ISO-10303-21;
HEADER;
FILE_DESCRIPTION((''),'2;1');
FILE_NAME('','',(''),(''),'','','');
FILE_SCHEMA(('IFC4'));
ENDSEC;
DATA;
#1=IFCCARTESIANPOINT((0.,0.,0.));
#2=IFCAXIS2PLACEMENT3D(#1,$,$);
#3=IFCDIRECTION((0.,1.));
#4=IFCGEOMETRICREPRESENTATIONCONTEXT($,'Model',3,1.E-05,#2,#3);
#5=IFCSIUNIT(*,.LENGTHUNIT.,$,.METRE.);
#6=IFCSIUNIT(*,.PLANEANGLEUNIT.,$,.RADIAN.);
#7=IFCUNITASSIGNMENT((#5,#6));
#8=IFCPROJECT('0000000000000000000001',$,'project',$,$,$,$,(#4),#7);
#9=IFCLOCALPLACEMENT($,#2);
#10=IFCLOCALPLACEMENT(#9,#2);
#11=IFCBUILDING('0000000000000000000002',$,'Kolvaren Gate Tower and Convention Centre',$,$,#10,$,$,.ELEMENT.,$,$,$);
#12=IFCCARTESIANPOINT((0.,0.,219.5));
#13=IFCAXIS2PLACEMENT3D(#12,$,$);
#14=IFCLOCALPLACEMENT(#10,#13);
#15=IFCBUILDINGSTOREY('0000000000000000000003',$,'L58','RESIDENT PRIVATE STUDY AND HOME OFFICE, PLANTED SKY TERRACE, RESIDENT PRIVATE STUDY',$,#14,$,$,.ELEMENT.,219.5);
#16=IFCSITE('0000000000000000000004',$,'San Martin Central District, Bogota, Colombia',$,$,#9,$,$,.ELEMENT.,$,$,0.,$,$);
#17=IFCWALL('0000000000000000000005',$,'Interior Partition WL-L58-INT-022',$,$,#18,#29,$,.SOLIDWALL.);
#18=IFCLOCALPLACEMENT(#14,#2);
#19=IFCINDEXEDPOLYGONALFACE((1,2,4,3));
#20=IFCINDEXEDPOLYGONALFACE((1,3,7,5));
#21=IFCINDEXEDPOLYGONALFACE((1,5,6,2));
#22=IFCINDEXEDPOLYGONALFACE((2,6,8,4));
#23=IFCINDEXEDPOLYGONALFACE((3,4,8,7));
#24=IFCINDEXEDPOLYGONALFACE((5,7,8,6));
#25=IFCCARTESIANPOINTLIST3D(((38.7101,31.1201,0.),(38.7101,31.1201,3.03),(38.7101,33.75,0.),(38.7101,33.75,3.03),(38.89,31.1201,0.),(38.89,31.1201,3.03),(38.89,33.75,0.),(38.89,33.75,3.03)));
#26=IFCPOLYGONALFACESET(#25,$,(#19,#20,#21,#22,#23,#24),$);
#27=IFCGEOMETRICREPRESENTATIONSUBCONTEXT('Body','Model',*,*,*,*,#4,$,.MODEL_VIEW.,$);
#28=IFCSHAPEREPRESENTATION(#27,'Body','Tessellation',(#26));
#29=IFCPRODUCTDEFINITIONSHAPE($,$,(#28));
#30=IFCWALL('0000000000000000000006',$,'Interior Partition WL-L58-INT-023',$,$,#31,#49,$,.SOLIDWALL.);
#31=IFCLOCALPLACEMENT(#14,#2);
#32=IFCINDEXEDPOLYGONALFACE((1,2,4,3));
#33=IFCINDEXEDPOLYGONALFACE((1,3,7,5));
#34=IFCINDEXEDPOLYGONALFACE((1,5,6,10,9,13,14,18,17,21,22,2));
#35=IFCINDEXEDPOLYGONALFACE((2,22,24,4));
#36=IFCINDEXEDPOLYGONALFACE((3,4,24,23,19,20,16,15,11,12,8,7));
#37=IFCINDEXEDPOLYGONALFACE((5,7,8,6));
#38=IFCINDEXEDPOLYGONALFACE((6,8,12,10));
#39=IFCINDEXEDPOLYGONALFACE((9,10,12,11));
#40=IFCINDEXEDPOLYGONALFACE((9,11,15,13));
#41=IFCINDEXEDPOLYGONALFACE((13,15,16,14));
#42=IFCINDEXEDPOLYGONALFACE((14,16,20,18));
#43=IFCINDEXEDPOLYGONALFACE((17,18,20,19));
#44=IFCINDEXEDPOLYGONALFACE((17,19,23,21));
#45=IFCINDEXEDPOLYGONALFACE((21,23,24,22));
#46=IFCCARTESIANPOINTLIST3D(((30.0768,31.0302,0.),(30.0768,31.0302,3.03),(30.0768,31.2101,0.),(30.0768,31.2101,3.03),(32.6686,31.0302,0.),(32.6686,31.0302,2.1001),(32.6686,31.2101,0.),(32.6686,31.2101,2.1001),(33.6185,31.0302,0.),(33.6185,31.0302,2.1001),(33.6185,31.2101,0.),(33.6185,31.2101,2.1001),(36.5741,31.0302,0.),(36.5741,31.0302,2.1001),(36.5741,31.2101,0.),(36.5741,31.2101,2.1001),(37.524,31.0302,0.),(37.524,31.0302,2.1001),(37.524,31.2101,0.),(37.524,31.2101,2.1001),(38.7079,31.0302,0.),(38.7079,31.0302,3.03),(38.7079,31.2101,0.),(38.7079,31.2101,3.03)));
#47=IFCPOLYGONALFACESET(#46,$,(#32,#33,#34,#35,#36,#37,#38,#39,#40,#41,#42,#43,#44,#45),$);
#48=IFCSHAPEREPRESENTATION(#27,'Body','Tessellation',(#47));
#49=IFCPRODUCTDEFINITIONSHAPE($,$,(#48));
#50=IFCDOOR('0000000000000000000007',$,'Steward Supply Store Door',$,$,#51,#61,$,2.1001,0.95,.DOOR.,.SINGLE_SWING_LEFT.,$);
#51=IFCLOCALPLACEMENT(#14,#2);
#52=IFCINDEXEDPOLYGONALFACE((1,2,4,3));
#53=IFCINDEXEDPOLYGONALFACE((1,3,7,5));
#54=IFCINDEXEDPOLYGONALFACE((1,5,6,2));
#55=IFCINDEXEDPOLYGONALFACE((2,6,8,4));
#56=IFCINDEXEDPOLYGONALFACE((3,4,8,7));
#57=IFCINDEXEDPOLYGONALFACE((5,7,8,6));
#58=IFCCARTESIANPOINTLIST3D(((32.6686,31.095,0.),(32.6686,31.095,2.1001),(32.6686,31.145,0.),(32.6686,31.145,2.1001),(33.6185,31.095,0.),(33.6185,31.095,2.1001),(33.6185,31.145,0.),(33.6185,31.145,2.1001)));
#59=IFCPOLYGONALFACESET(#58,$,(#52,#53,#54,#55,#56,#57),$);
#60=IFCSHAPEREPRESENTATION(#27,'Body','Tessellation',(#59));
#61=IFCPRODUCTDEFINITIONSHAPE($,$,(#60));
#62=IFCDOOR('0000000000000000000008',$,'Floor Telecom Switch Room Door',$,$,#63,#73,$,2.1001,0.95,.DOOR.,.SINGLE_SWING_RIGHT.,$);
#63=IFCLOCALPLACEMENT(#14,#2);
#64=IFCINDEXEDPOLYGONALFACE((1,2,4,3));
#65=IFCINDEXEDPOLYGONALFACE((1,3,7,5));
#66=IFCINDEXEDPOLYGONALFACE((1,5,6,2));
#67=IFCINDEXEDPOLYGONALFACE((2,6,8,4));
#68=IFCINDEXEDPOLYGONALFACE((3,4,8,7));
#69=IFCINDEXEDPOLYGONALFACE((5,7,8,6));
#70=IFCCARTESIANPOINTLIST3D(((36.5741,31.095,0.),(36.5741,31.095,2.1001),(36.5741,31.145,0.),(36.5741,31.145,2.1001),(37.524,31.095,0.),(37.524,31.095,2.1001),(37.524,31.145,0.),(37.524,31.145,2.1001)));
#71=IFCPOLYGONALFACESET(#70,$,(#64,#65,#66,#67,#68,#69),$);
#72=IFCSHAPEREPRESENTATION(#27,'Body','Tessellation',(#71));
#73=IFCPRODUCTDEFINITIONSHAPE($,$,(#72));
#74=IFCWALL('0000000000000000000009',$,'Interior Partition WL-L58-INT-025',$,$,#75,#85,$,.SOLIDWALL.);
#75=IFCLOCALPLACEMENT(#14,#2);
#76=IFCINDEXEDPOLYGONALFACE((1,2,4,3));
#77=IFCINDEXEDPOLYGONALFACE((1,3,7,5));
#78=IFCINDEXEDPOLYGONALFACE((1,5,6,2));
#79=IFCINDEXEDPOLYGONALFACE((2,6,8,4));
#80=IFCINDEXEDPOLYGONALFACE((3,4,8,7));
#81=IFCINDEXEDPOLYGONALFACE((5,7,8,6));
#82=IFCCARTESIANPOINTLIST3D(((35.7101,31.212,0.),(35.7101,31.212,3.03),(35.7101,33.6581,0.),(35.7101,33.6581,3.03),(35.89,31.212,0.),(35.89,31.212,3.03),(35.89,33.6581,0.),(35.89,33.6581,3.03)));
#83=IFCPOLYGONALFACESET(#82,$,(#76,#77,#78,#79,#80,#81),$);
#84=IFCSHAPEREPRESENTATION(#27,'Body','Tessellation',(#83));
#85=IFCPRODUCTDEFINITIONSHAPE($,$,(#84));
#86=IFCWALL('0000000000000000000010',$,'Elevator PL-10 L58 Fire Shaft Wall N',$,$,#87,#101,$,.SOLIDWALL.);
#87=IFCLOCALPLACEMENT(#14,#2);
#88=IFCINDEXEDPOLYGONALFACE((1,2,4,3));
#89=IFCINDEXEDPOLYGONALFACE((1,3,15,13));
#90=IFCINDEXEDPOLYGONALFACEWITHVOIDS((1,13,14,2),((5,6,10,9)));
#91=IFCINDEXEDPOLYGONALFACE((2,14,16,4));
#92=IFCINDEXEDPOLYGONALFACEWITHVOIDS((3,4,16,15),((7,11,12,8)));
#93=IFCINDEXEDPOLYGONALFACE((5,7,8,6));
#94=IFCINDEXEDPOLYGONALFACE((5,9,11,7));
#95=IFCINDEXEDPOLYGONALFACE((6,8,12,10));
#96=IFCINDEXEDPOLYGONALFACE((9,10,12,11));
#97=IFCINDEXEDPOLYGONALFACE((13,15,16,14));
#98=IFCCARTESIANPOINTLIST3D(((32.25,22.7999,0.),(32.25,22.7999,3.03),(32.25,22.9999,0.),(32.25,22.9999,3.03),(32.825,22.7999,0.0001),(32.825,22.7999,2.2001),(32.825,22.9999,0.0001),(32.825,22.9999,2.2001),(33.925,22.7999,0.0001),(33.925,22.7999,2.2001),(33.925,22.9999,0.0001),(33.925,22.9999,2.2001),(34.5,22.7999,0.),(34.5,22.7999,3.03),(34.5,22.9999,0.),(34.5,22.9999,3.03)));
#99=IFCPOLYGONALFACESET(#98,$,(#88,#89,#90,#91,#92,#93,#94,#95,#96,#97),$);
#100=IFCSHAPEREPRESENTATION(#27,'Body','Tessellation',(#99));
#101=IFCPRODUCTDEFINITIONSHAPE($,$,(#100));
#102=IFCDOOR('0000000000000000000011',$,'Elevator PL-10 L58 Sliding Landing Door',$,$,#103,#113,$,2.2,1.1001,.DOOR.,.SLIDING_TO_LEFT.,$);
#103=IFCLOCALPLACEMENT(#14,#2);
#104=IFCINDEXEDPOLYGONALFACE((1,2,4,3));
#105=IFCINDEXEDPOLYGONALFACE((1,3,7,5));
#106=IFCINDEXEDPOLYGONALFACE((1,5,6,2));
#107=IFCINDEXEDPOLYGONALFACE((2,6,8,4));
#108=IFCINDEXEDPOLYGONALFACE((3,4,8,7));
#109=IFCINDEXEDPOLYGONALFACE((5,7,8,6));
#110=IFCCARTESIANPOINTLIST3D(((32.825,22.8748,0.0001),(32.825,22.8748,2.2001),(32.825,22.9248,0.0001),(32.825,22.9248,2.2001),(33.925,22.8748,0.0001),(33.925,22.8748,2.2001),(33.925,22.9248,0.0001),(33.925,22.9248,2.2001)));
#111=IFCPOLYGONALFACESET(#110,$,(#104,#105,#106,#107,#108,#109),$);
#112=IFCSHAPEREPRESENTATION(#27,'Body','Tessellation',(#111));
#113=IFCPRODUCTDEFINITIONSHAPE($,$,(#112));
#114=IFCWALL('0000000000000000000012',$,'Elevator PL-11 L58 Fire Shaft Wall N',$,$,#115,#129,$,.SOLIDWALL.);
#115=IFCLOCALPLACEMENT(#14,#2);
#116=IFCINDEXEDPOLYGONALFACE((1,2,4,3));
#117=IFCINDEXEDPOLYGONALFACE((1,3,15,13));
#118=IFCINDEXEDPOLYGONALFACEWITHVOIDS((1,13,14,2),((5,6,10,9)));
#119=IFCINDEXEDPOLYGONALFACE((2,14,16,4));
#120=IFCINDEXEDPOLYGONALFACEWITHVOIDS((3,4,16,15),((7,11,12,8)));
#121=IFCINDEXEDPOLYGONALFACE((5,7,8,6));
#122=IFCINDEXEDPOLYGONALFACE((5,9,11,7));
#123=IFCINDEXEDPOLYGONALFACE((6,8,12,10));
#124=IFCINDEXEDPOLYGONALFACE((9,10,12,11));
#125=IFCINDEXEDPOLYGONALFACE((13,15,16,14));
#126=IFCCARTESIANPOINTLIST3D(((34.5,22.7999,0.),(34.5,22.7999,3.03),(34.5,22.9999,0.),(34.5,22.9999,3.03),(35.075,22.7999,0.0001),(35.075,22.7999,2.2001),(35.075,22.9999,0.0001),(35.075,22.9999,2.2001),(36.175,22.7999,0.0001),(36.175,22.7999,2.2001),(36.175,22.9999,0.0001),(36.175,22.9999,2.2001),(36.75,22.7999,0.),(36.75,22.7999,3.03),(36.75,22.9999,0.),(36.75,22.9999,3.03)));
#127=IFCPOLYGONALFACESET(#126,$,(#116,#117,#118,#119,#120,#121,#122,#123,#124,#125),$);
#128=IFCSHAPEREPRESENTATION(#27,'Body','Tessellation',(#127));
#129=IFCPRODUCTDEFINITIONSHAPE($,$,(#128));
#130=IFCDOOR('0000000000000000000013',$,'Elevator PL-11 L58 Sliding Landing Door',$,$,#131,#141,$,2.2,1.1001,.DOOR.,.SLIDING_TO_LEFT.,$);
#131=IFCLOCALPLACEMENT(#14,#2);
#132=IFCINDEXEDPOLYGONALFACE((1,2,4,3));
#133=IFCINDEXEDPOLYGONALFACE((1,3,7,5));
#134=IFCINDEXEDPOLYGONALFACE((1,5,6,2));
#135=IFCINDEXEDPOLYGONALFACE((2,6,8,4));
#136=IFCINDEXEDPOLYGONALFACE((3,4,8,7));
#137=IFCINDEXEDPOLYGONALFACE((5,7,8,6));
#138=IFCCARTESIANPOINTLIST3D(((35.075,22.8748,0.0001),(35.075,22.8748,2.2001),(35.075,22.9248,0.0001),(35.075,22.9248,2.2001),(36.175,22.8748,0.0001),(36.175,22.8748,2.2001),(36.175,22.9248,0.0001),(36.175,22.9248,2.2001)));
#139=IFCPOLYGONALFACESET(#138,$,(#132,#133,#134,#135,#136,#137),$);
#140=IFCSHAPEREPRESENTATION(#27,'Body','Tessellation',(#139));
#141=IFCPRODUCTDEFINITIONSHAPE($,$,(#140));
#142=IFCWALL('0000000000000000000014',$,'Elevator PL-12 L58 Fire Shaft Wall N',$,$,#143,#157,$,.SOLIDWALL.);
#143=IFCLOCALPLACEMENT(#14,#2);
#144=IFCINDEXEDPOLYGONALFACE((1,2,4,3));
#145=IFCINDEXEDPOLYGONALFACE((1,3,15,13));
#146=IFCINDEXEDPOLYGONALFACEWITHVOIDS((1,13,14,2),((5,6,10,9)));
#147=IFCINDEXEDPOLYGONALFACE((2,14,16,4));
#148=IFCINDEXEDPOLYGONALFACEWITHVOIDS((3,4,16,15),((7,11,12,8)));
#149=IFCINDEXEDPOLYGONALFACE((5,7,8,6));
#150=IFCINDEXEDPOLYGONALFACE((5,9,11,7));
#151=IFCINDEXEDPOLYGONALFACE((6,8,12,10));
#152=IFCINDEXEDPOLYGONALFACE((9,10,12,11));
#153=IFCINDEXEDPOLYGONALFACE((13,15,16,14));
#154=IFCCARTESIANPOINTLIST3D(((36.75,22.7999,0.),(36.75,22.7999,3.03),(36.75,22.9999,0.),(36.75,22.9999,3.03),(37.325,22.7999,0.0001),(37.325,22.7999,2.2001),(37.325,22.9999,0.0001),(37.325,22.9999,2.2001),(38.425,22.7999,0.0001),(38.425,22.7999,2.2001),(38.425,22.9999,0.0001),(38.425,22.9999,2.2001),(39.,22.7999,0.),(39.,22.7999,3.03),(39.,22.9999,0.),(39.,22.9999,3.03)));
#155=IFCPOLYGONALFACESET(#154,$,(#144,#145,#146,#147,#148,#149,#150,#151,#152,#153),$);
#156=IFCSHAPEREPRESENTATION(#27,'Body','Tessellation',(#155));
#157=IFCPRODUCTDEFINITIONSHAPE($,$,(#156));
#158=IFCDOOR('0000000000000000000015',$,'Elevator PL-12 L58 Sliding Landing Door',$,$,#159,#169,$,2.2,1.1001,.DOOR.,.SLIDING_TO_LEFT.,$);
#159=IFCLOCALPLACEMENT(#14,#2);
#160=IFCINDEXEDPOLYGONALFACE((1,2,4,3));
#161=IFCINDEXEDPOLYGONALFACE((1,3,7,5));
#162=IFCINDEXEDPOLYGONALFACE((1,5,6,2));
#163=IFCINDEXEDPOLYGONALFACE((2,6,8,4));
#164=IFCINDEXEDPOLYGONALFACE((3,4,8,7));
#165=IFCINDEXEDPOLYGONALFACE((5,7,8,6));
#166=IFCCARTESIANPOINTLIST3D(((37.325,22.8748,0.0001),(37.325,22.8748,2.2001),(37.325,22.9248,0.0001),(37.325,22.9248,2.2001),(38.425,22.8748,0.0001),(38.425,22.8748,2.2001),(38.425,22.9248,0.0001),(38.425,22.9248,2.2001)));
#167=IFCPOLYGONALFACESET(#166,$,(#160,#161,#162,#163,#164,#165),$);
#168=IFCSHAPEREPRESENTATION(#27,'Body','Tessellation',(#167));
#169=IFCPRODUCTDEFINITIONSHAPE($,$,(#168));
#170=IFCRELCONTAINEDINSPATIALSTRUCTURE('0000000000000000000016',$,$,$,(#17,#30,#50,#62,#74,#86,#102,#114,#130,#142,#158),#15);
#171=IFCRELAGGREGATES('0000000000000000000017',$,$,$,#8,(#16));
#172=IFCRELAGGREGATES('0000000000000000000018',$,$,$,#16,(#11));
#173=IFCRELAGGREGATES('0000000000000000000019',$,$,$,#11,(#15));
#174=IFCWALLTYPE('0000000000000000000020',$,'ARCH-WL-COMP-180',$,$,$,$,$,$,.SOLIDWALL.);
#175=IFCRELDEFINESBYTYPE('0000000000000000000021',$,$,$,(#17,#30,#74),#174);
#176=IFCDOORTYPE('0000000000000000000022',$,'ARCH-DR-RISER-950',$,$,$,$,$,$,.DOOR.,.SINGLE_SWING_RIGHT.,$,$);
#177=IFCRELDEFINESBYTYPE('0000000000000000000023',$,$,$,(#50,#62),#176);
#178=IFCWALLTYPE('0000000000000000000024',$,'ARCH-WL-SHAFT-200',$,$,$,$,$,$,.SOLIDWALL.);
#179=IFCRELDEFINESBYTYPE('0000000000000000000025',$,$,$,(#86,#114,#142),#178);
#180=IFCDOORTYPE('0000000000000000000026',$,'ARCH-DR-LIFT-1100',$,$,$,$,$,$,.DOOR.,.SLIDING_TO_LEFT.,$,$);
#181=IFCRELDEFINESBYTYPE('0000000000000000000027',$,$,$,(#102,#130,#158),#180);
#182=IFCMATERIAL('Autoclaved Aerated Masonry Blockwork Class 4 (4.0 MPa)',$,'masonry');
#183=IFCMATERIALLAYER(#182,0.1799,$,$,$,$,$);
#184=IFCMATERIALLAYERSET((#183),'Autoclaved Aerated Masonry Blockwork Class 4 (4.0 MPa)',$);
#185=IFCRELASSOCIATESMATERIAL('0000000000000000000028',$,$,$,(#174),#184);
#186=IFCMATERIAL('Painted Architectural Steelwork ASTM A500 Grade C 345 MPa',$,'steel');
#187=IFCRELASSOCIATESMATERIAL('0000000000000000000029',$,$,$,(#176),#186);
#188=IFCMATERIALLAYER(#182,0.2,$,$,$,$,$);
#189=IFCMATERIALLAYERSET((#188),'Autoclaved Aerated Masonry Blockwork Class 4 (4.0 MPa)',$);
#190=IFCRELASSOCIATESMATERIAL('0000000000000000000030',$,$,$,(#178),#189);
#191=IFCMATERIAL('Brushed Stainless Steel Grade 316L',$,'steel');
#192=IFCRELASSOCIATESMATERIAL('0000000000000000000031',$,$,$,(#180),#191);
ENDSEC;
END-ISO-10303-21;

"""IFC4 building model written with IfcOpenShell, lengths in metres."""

from ifc_helpers import new_model, si_unit, direction, frame, frame_2d, origin, place, context, subcontext, project, spatial, rectangle, extrude, material, layer, layer_set, type_object, element, fill, save


model = new_model("IFC4")

# Units and contexts
model_context = context("Model", 3, precision=1e-05, world=origin(), true_north=direction((0.0, 1.0)))
body_context = subcontext(model_context, "Body", "Model", "MODEL_VIEW")
ifc_project = project(units=[si_unit("LENGTHUNIT", "METRE"), si_unit("PLANEANGLEUNIT", "RADIAN")], contexts=[model_context])

# Site, building, storey
site_placement = place(None, origin())
site = spatial("IfcSite", under=ifc_project, at=site_placement, Name="San Martin Central District, Bogota, Colombia", CompositionType="ELEMENT", RefElevation=0.0)
building_placement = place(site_placement, origin())
building = spatial("IfcBuilding", under=site, at=building_placement, Name="Kolvaren Gate Tower and Convention Centre", CompositionType="ELEMENT")
storey_placement = place(building_placement, frame((0.0, 0.0, 219.5)))
storey = spatial("IfcBuildingStorey", under=building, at=storey_placement, Name="L58", Description="RESIDENT PRIVATE STUDY AND HOME OFFICE, PLANTED SKY TERRACE, RESIDENT PRIVATE STUDY", CompositionType="ELEMENT", Elevation=219.5)

# Wall
ifc_material_1 = material(Name="Autoclaved Aerated Masonry Blockwork Class 4 (4.0 MPa)", Category="masonry")
ifc_layer_1 = layer(ifc_material_1, 0.1799)
ifc_layer_set_1 = layer_set([ifc_layer_1], Name="Autoclaved Aerated Masonry Blockwork Class 4 (4.0 MPa)")
wall_type_1 = type_object("IfcWallType", Name="ARCH-WL-COMP-180", PredefinedType="SOLIDWALL", material=ifc_layer_set_1)
wall_1_placement = place(storey_placement, frame((38.8, 31.1201, 0.0), z_axis=(0.0, 0.0, 1.0), x_axis=(0.0, 1.0, 0.0)))
element("IfcWall", 1, at=wall_1_placement, inside=storey, type_object=wall_type_1, Name="Interior Partition WL-L58-INT-022", PredefinedType="SOLIDWALL", context=body_context, shape_type="SweptSolid", body=[
    extrude(rectangle(XDim=2.6299, YDim=0.1799, at=frame_2d((1.3149, 0.0))), origin(), (0.0, 0.0, 1.0), 3.03),
])

# Wall, openings, doors
wall_2_placement = place(storey_placement, frame((30.0769, 31.1201, 0.0), z_axis=(0.0, 0.0, 1.0), x_axis=(1.0, 0.0, 0.0)))
wall_2 = element("IfcWall", 2, at=wall_2_placement, inside=storey, type_object=wall_type_1, Name="Interior Partition WL-L58-INT-023", PredefinedType="SOLIDWALL", context=body_context, shape_type="SweptSolid", body=[
    extrude(rectangle(XDim=8.6311, YDim=0.1799, at=frame_2d((4.3154, 0.0))), origin(), (0.0, 0.0, 1.0), 3.03),
])
opening_1_placement = place(wall_2_placement, frame((2.5916, 0.0, 0.0)))
opening_1 = element("IfcOpeningElement", 3, at=opening_1_placement, cuts=wall_2, PredefinedType="OPENING", context=body_context, shape_type="SweptSolid", body=[
    extrude(rectangle(XDim=0.95, YDim=2.1001, at=frame_2d((0.4751, 1.05))), frame((0.0, 0.0999, 0.0), z_axis=(0.0, -1.0, 0.0), x_axis=(1.0, 0.0, 0.0)), (0.0, 0.0, 1.0), 0.2),
])
opening_2_placement = place(wall_2_placement, frame((6.4971, 0.0, 0.0)))
opening_2 = element("IfcOpeningElement", 4, at=opening_2_placement, cuts=wall_2, PredefinedType="OPENING", context=body_context, shape_type="SweptSolid", body=[
    extrude(rectangle(XDim=0.95, YDim=2.1001, at=frame_2d((0.4751, 1.05))), frame((0.0, 0.0999, 0.0), z_axis=(0.0, -1.0, 0.0), x_axis=(1.0, 0.0, 0.0)), (0.0, 0.0, 1.0), 0.2),
])
ifc_material_2 = material(Name="Painted Architectural Steelwork ASTM A500 Grade C 345 MPa", Category="steel")
door_type_1 = type_object("IfcDoorType", Name="ARCH-DR-RISER-950", OperationType="SINGLE_SWING_RIGHT", PredefinedType="DOOR", material=ifc_material_2)
door_1_placement = place(opening_1_placement, origin())
door_1 = element("IfcDoor", 5, at=door_1_placement, inside=storey, type_object=door_type_1, Name="Steward Supply Store Door", OperationType="SINGLE_SWING_LEFT", OverallHeight=2.1001, OverallWidth=0.95, PredefinedType="DOOR", context=body_context, shape_type="SweptSolid", body=[
    extrude(rectangle(XDim=0.95, YDim=2.1001, at=frame_2d((0.4751, 1.05))), frame((0.0, 0.0249, 0.0), z_axis=(0.0, -1.0, 0.0), x_axis=(1.0, 0.0, 0.0)), (0.0, 0.0, 1.0), 0.05),
])
fill(opening_1, door_1)
door_2_placement = place(opening_2_placement, origin())
door_2 = element("IfcDoor", 6, at=door_2_placement, inside=storey, type_object=door_type_1, Name="Floor Telecom Switch Room Door", OperationType="SINGLE_SWING_RIGHT", OverallHeight=2.1001, OverallWidth=0.95, PredefinedType="DOOR", context=body_context, shape_type="SweptSolid", body=[
    extrude(rectangle(XDim=0.95, YDim=2.1001, at=frame_2d((0.4751, 1.05))), frame((0.0, 0.0249, 0.0), z_axis=(0.0, -1.0, 0.0), x_axis=(1.0, 0.0, 0.0)), (0.0, 0.0, 1.0), 0.05),
])
fill(opening_2, door_2)

# Wall
wall_3_placement = place(storey_placement, frame((35.8, 31.2119, 0.0), z_axis=(0.0, 0.0, 1.0), x_axis=(0.0, 1.0, 0.0)))
element("IfcWall", 7, at=wall_3_placement, inside=storey, type_object=wall_type_1, Name="Interior Partition WL-L58-INT-025", PredefinedType="SOLIDWALL", context=body_context, shape_type="SweptSolid", body=[
    extrude(rectangle(XDim=2.446, YDim=0.1799, at=frame_2d((1.2231, 0.0))), origin(), (0.0, 0.0, 1.0), 3.03),
])

# Walls, openings, doors
ifc_layer_2 = layer(ifc_material_1, 0.2)
ifc_layer_set_2 = layer_set([ifc_layer_2], Name="Autoclaved Aerated Masonry Blockwork Class 4 (4.0 MPa)")
wall_type_2 = type_object("IfcWallType", Name="ARCH-WL-SHAFT-200", PredefinedType="SOLIDWALL", material=ifc_layer_set_2)
wall_4_placement = place(storey_placement, frame((32.25, 22.8999, 0.0), z_axis=(0.0, 0.0, 1.0), x_axis=(1.0, 0.0, 0.0)))
wall_4 = element("IfcWall", 8, at=wall_4_placement, inside=storey, type_object=wall_type_2, Name="Elevator PL-10 L58 Fire Shaft Wall N", PredefinedType="SOLIDWALL", context=body_context, shape_type="SweptSolid", body=[
    extrude(rectangle(XDim=2.25, YDim=0.2, at=frame_2d((1.125, 0.0))), origin(), (0.0, 0.0, 1.0), 3.03),
])
opening_3_placement = place(wall_4_placement, frame((0.575, 0.0, 0.0)))
opening_3 = element("IfcOpeningElement", 9, at=opening_3_placement, cuts=wall_4, PredefinedType="OPENING", context=body_context, shape_type="SweptSolid", body=[
    extrude(rectangle(XDim=1.1001, YDim=2.2, at=frame_2d((0.55, 1.1001))), frame((0.0, 0.1099, 0.0), z_axis=(0.0, -1.0, 0.0), x_axis=(1.0, 0.0, 0.0)), (0.0, 0.0, 1.0), 0.22),
])
ifc_material_3 = material(Name="Brushed Stainless Steel Grade 316L", Category="steel")
door_type_2 = type_object("IfcDoorType", Name="ARCH-DR-LIFT-1100", OperationType="SLIDING_TO_LEFT", PredefinedType="DOOR", material=ifc_material_3)
door_3_placement = place(opening_3_placement, origin())
door_3 = element("IfcDoor", 10, at=door_3_placement, inside=storey, type_object=door_type_2, Name="Elevator PL-10 L58 Sliding Landing Door", OperationType="SLIDING_TO_LEFT", OverallHeight=2.2, OverallWidth=1.1001, PredefinedType="DOOR", context=body_context, shape_type="SweptSolid", body=[
    extrude(rectangle(XDim=1.1001, YDim=2.2, at=frame_2d((0.55, 1.1001))), frame((0.0, 0.0249, 0.0), z_axis=(0.0, -1.0, 0.0), x_axis=(1.0, 0.0, 0.0)), (0.0, 0.0, 1.0), 0.05),
])
fill(opening_3, door_3)
wall_5_placement = place(storey_placement, frame((34.5, 22.8999, 0.0), z_axis=(0.0, 0.0, 1.0), x_axis=(1.0, 0.0, 0.0)))
wall_5 = element("IfcWall", 11, at=wall_5_placement, inside=storey, type_object=wall_type_2, Name="Elevator PL-11 L58 Fire Shaft Wall N", PredefinedType="SOLIDWALL", context=body_context, shape_type="SweptSolid", body=[
    extrude(rectangle(XDim=2.25, YDim=0.2, at=frame_2d((1.125, 0.0))), origin(), (0.0, 0.0, 1.0), 3.03),
])
opening_4_placement = place(wall_5_placement, frame((0.575, 0.0, 0.0)))
opening_4 = element("IfcOpeningElement", 12, at=opening_4_placement, cuts=wall_5, PredefinedType="OPENING", context=body_context, shape_type="SweptSolid", body=[
    extrude(rectangle(XDim=1.1001, YDim=2.2, at=frame_2d((0.55, 1.1001))), frame((0.0, 0.1099, 0.0), z_axis=(0.0, -1.0, 0.0), x_axis=(1.0, 0.0, 0.0)), (0.0, 0.0, 1.0), 0.22),
])
door_4_placement = place(opening_4_placement, origin())
door_4 = element("IfcDoor", 13, at=door_4_placement, inside=storey, type_object=door_type_2, Name="Elevator PL-11 L58 Sliding Landing Door", OperationType="SLIDING_TO_LEFT", OverallHeight=2.2, OverallWidth=1.1001, PredefinedType="DOOR", context=body_context, shape_type="SweptSolid", body=[
    extrude(rectangle(XDim=1.1001, YDim=2.2, at=frame_2d((0.55, 1.1001))), frame((0.0, 0.0249, 0.0), z_axis=(0.0, -1.0, 0.0), x_axis=(1.0, 0.0, 0.0)), (0.0, 0.0, 1.0), 0.05),
])
fill(opening_4, door_4)
wall_6_placement = place(storey_placement, frame((36.75, 22.8999, 0.0), z_axis=(0.0, 0.0, 1.0), x_axis=(1.0, 0.0, 0.0)))
wall_6 = element("IfcWall", 14, at=wall_6_placement, inside=storey, type_object=wall_type_2, Name="Elevator PL-12 L58 Fire Shaft Wall N", PredefinedType="SOLIDWALL", context=body_context, shape_type="SweptSolid", body=[
    extrude(rectangle(XDim=2.25, YDim=0.2, at=frame_2d((1.125, 0.0))), origin(), (0.0, 0.0, 1.0), 3.03),
])
opening_5_placement = place(wall_6_placement, frame((0.575, 0.0, 0.0)))
opening_5 = element("IfcOpeningElement", 15, at=opening_5_placement, cuts=wall_6, PredefinedType="OPENING", context=body_context, shape_type="SweptSolid", body=[
    extrude(rectangle(XDim=1.1001, YDim=2.2, at=frame_2d((0.55, 1.1001))), frame((0.0, 0.1099, 0.0), z_axis=(0.0, -1.0, 0.0), x_axis=(1.0, 0.0, 0.0)), (0.0, 0.0, 1.0), 0.22),
])
door_5_placement = place(opening_5_placement, origin())
door_5 = element("IfcDoor", 16, at=door_5_placement, inside=storey, type_object=door_type_2, Name="Elevator PL-12 L58 Sliding Landing Door", OperationType="SLIDING_TO_LEFT", OverallHeight=2.2, OverallWidth=1.1001, PredefinedType="DOOR", context=body_context, shape_type="SweptSolid", body=[
    extrude(rectangle(XDim=1.1001, YDim=2.2, at=frame_2d((0.55, 1.1001))), frame((0.0, 0.0249, 0.0), z_axis=(0.0, -1.0, 0.0), x_axis=(1.0, 0.0, 0.0)), (0.0, 0.0, 1.0), 0.05),
])
fill(opening_5, door_5)

save(model, "model.ifc")
